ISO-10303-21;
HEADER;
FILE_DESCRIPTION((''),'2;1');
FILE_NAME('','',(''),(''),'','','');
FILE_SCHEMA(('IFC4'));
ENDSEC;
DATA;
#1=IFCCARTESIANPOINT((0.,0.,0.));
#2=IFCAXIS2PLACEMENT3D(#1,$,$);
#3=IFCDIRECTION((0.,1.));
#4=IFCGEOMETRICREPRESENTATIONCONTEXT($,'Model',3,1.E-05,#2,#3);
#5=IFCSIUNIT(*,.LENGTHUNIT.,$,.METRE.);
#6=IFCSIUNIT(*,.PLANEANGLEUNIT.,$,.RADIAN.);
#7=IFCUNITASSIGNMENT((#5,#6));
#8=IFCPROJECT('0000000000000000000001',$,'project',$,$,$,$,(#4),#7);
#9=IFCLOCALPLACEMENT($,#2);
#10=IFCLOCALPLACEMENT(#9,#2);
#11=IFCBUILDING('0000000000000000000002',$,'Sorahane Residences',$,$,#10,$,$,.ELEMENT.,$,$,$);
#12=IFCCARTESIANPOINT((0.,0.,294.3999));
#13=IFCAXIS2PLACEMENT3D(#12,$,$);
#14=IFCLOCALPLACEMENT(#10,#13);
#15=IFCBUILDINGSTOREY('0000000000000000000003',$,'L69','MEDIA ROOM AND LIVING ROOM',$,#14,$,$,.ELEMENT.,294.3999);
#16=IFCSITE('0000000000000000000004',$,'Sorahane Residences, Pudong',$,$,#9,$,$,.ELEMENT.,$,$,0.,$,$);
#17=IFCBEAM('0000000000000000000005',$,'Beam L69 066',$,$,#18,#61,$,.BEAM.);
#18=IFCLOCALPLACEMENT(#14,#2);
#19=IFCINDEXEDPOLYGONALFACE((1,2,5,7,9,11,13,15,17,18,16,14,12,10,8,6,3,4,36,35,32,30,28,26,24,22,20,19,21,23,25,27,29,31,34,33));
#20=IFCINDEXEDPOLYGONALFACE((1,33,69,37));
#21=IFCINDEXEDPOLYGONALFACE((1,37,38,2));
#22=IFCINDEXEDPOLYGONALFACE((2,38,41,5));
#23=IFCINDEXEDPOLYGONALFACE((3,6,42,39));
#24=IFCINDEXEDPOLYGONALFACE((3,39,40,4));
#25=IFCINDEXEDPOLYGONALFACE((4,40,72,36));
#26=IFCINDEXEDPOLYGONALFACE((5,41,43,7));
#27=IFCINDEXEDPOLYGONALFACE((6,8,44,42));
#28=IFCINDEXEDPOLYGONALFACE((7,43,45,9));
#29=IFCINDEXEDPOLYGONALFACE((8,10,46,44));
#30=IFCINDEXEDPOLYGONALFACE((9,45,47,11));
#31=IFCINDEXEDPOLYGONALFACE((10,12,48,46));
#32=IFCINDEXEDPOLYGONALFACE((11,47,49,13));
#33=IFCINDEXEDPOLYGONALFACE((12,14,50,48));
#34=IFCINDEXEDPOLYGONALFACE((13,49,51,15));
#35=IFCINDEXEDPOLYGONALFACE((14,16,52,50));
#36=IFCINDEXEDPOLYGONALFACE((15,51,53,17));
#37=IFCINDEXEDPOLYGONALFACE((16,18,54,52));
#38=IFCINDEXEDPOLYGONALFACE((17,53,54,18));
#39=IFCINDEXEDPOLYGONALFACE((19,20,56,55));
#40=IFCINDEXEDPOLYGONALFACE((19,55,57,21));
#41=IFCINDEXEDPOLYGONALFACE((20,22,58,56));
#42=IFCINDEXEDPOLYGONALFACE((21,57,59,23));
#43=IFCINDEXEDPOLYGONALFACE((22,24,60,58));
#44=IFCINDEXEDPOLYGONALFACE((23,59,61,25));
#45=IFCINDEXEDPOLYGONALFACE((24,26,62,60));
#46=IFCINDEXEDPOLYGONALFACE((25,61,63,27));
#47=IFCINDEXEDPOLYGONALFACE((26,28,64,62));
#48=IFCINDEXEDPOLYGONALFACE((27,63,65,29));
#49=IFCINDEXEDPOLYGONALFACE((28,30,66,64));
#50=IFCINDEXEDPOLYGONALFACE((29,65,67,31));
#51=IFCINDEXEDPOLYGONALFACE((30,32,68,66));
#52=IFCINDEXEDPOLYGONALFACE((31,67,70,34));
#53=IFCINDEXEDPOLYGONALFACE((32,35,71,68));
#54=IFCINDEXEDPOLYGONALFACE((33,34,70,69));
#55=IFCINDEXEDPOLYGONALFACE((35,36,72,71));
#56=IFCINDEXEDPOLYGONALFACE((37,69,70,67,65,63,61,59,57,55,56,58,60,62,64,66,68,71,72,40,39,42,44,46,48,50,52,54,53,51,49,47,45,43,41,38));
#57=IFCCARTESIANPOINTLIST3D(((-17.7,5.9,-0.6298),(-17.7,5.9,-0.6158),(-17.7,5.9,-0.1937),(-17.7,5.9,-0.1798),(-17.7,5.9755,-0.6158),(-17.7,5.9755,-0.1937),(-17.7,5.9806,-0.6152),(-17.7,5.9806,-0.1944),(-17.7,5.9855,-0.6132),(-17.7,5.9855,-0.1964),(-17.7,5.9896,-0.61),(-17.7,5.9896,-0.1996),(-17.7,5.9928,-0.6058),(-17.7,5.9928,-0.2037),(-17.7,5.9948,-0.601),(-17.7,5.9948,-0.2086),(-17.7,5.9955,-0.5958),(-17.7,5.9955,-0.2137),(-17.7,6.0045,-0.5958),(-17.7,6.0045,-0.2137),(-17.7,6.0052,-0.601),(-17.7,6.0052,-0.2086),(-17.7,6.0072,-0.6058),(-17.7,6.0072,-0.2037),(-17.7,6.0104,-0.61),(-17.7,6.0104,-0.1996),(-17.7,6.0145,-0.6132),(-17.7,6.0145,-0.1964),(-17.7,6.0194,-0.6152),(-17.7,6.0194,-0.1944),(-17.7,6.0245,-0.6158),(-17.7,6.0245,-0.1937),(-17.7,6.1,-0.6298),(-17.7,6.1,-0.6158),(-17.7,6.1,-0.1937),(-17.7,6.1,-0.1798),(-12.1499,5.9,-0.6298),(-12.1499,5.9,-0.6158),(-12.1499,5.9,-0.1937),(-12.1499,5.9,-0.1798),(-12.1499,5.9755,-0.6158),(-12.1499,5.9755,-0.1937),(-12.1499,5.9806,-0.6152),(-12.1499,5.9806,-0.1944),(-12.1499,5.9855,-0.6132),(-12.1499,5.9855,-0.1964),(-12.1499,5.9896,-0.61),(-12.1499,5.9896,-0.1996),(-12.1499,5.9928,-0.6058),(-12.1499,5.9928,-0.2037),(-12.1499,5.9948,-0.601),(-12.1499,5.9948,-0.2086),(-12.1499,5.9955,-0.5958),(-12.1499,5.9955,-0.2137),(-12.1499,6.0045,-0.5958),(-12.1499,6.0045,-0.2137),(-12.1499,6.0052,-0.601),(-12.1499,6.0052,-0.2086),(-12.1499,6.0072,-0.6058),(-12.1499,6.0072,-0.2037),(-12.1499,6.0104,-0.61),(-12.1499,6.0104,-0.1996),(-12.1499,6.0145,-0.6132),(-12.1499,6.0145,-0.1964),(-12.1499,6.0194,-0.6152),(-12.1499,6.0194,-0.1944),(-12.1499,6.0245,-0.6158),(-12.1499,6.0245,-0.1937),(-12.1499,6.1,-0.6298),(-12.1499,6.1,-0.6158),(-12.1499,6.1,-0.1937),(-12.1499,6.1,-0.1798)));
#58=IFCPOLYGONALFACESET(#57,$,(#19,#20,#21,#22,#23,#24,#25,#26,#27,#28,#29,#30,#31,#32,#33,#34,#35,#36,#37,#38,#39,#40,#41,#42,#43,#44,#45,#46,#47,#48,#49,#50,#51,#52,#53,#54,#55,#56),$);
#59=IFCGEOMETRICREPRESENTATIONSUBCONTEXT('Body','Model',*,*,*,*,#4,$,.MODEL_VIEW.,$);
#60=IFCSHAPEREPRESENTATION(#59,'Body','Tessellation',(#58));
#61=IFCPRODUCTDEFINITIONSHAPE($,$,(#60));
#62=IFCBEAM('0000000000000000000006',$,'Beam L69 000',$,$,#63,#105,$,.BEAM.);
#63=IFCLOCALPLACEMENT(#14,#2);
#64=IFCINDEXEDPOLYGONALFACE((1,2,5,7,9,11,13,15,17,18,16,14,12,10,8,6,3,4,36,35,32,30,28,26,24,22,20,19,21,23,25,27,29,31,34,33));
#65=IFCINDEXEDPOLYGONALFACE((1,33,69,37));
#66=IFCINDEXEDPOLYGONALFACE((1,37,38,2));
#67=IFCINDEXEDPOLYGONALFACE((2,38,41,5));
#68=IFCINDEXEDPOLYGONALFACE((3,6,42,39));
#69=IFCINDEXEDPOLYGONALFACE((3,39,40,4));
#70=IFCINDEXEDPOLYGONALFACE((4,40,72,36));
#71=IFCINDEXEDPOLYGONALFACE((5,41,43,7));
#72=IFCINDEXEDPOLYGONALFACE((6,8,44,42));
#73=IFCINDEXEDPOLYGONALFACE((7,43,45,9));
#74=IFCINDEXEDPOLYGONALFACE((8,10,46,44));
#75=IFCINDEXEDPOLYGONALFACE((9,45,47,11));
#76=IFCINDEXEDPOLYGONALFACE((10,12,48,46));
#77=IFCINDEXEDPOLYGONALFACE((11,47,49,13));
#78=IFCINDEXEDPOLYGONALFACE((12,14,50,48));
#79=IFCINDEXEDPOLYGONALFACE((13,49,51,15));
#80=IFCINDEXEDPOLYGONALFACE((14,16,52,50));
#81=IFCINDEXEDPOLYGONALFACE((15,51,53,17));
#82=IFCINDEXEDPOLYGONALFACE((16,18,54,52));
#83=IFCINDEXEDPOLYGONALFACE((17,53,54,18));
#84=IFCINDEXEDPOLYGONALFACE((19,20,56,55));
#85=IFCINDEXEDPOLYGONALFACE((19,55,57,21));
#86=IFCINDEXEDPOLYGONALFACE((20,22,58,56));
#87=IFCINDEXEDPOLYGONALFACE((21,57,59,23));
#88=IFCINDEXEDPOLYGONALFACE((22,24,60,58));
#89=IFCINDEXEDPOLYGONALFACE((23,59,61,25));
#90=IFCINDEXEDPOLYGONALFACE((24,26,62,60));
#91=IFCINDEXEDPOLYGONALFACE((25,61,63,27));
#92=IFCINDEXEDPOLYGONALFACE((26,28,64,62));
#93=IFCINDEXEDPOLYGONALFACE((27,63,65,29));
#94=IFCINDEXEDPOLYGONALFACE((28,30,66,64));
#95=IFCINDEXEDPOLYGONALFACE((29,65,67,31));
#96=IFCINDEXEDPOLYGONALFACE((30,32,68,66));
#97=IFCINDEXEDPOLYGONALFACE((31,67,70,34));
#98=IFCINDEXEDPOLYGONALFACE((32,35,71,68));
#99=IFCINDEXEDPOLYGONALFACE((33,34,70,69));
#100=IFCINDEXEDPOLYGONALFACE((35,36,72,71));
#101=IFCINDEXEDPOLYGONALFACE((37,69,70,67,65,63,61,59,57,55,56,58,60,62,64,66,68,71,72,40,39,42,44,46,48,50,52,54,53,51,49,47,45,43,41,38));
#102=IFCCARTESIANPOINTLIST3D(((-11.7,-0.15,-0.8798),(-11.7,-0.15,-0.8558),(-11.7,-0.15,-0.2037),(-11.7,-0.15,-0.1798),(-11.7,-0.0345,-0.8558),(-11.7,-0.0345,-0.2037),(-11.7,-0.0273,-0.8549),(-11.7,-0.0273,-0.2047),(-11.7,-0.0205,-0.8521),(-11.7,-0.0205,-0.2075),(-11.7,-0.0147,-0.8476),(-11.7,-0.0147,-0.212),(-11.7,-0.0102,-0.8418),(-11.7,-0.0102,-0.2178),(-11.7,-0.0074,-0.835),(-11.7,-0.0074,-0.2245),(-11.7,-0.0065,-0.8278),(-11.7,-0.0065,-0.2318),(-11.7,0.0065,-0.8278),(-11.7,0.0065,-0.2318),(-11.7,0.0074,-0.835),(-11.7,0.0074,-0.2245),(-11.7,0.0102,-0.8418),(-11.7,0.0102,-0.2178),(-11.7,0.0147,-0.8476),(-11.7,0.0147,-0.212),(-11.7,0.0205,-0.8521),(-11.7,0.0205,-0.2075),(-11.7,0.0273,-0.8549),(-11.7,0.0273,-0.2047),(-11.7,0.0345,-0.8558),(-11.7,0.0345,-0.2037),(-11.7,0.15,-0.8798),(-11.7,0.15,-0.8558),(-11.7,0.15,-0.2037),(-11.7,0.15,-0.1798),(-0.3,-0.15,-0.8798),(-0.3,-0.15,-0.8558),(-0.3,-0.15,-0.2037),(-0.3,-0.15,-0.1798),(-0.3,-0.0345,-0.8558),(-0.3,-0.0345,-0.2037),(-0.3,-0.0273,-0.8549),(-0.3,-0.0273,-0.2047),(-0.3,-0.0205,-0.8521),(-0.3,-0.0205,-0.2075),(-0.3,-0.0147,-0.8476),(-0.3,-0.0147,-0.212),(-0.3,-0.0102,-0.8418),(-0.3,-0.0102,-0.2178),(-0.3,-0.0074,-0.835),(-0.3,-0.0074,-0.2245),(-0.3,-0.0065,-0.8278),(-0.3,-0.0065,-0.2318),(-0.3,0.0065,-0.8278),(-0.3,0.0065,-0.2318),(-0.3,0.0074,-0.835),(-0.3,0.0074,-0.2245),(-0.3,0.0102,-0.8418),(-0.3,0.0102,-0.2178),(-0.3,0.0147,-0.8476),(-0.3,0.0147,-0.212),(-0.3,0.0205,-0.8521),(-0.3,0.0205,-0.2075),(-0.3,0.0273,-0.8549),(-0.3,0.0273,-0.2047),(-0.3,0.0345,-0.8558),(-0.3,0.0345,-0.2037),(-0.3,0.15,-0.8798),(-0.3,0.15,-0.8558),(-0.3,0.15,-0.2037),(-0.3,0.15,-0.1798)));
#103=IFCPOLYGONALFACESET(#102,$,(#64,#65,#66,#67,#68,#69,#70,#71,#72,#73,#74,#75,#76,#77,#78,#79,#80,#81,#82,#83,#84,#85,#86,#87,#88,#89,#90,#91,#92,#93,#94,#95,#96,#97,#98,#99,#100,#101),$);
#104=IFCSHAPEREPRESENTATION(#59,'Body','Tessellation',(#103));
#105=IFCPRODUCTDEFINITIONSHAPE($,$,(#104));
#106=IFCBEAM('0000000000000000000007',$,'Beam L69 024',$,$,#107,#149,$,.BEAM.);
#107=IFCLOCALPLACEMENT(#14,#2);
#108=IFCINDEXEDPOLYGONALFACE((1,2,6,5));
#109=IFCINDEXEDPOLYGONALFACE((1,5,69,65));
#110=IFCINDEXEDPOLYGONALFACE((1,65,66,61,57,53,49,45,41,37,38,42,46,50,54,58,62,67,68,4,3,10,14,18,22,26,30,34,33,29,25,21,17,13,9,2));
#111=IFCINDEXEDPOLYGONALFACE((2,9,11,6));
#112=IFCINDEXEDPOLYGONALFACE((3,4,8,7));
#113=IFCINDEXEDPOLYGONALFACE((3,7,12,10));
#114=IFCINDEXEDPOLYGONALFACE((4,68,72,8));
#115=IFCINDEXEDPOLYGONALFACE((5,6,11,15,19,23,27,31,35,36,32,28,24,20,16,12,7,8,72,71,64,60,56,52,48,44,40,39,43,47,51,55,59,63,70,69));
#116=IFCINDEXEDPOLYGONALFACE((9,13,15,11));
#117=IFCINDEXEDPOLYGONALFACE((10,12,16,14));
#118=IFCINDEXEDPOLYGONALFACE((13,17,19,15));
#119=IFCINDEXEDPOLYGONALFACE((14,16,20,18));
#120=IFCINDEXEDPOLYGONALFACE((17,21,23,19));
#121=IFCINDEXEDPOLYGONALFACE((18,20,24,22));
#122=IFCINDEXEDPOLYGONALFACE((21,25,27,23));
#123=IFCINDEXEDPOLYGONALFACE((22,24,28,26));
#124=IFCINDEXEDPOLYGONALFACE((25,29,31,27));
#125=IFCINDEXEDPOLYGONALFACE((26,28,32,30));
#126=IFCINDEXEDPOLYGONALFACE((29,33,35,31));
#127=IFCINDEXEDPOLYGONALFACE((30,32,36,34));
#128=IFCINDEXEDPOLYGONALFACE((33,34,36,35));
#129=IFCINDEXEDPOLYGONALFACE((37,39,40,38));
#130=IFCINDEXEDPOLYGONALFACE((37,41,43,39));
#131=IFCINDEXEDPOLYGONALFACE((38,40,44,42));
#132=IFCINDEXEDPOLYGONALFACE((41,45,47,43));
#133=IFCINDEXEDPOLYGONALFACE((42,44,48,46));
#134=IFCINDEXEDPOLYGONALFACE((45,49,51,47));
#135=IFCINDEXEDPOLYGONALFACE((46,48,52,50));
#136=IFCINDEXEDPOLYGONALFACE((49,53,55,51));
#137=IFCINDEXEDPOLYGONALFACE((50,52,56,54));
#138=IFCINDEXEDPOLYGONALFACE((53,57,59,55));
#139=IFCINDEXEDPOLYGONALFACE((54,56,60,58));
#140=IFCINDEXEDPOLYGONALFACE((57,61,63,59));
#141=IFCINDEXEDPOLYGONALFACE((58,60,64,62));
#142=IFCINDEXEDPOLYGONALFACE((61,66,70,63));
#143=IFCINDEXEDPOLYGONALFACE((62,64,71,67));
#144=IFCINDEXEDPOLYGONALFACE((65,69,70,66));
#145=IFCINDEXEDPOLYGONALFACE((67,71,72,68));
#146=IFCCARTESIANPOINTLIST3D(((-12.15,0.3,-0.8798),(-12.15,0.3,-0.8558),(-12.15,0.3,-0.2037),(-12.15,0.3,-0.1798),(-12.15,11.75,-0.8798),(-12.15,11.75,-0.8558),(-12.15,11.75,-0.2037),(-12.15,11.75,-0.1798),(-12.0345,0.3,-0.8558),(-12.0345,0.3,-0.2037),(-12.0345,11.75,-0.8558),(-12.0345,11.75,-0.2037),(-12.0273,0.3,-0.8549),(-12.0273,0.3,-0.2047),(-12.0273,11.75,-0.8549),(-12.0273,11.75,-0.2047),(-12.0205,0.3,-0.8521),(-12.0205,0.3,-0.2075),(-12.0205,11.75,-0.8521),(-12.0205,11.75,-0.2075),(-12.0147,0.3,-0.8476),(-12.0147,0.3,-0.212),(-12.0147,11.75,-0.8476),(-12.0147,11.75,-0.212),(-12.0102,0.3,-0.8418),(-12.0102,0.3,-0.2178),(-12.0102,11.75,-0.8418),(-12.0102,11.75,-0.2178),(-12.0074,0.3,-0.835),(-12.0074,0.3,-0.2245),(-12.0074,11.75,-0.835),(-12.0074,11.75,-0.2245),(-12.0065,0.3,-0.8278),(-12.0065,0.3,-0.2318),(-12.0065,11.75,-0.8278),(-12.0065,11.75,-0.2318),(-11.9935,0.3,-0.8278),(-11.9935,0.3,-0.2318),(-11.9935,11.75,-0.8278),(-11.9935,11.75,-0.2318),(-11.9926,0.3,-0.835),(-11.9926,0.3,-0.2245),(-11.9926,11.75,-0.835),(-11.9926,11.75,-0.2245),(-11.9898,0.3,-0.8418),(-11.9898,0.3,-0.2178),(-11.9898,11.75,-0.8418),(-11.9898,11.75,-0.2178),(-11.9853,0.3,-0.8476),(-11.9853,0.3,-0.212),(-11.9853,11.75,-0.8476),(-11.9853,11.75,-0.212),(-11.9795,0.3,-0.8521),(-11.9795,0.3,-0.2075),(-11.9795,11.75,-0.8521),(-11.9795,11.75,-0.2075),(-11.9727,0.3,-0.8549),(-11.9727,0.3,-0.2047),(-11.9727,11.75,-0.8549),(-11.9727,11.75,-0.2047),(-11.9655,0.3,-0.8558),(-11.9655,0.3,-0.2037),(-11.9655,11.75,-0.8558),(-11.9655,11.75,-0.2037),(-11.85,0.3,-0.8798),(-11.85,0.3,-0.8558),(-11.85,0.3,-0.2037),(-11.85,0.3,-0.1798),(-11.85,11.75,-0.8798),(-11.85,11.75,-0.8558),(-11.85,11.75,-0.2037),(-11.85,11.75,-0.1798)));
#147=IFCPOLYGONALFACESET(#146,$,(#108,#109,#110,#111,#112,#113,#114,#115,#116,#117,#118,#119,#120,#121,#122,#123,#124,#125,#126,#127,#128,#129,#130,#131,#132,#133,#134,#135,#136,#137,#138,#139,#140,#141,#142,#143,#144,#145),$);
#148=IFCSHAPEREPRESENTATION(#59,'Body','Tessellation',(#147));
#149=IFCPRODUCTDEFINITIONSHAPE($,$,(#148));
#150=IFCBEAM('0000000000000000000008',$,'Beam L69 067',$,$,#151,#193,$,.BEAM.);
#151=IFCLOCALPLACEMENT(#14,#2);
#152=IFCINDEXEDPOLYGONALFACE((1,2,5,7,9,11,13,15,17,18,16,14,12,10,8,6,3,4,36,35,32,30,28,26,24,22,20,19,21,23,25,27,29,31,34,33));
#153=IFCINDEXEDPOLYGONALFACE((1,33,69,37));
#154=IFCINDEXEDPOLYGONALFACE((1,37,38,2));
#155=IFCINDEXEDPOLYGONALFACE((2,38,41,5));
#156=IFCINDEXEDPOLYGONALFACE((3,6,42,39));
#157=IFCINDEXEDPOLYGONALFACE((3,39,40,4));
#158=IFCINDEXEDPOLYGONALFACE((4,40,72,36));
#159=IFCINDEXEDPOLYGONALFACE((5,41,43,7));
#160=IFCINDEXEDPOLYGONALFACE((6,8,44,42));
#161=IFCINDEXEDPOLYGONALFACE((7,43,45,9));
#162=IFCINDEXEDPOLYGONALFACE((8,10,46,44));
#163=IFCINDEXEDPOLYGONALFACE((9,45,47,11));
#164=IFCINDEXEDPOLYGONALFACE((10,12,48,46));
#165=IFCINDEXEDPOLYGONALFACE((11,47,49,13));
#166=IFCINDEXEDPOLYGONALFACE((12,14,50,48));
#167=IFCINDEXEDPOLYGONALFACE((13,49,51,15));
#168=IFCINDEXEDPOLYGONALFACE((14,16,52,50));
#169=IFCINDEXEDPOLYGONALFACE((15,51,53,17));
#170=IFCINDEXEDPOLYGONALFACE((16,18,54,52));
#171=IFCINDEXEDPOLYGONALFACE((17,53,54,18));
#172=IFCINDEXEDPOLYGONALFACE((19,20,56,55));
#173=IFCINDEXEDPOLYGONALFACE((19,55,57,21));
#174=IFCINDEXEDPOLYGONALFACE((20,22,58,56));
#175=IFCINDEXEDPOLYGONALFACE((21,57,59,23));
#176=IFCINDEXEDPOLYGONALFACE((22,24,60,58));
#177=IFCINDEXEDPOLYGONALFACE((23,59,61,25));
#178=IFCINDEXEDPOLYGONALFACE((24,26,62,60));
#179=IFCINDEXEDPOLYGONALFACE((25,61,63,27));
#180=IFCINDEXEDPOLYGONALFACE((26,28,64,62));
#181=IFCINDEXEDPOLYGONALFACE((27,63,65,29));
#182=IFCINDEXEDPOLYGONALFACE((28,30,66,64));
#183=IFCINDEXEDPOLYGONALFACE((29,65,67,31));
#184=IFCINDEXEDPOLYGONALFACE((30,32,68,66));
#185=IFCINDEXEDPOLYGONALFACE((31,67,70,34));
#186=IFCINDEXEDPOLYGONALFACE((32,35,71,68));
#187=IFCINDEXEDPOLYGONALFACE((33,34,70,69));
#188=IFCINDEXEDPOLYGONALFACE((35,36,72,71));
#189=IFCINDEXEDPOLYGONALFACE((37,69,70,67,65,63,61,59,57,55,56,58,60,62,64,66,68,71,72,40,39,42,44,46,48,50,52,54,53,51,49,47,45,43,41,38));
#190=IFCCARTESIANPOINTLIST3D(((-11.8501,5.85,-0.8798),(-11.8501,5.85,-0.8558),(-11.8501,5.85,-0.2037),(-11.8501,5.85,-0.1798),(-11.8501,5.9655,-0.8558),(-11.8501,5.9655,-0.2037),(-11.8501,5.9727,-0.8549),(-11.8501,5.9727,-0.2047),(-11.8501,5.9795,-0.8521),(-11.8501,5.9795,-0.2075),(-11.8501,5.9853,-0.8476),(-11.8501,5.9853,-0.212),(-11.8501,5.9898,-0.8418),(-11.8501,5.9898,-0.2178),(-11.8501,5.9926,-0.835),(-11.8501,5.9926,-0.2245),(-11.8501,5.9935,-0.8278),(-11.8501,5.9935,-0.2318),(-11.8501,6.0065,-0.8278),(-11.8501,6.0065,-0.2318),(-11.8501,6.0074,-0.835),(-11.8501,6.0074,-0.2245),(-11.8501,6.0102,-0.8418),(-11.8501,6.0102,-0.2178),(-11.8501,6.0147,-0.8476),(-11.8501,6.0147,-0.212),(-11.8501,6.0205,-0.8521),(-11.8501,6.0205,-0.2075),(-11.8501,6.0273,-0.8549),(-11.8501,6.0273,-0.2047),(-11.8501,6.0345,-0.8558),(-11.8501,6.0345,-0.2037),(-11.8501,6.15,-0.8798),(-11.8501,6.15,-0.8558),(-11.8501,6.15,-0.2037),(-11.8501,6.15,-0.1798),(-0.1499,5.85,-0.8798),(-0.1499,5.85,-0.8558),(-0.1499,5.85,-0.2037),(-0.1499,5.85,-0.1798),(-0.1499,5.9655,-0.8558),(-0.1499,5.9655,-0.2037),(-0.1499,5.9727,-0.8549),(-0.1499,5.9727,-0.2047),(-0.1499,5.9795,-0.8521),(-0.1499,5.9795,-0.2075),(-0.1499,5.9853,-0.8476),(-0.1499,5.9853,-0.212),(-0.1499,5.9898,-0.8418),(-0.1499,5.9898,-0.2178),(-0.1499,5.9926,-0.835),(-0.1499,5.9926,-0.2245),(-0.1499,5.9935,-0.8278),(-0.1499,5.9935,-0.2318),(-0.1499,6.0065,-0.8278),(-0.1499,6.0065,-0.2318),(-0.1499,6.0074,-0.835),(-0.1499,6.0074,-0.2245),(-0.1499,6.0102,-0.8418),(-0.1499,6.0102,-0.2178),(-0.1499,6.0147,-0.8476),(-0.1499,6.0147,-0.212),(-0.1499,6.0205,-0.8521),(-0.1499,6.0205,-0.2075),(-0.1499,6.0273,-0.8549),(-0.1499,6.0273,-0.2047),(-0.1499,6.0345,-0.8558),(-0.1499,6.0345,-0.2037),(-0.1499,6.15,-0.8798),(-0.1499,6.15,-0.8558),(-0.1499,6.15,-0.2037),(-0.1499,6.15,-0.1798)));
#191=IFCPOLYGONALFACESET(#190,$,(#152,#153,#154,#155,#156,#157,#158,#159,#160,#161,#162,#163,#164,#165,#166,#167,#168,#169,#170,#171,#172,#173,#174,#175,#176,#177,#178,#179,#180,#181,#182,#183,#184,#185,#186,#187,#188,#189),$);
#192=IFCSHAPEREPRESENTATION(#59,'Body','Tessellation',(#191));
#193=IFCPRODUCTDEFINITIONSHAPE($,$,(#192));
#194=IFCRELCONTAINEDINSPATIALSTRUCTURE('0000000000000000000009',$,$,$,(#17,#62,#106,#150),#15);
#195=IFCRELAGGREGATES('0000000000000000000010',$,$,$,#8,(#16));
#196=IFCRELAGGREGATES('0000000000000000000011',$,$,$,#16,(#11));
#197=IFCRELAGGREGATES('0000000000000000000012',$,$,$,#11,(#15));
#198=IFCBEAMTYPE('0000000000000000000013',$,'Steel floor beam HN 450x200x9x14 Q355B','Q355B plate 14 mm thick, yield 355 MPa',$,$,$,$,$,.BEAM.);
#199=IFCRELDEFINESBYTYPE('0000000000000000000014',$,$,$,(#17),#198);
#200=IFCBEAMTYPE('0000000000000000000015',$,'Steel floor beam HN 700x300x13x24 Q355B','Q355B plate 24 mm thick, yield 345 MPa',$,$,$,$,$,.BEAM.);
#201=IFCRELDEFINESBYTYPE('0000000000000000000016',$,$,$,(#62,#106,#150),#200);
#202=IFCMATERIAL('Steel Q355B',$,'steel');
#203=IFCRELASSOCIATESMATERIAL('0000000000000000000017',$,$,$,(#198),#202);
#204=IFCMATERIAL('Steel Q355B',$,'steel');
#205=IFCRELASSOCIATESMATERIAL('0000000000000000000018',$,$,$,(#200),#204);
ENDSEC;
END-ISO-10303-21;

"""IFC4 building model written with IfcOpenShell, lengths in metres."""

from ifc_helpers import new_model, si_unit, direction, frame, origin, origin_2d, place, context, subcontext, project, spatial, i_section, extrude, material, material_profile, profile_set, type_object, element, save


model = new_model("IFC4")

# Units and contexts
model_context = context("Model", 3, precision=1e-05, world=origin(), true_north=direction((0.0, 1.0)))
body_context = subcontext(model_context, "Body", "Model", "MODEL_VIEW")
ifc_project = project(units=[si_unit("LENGTHUNIT", "METRE"), si_unit("PLANEANGLEUNIT", "RADIAN")], contexts=[model_context])

# Site, building, storey
site_placement = place(None, origin())
site = spatial("IfcSite", under=ifc_project, at=site_placement, Name="Sorahane Residences, Pudong", CompositionType="ELEMENT", RefElevation=0.0)
building_placement = place(site_placement, origin())
building = spatial("IfcBuilding", under=site, at=building_placement, Name="Sorahane Residences", CompositionType="ELEMENT")
storey_placement = place(building_placement, frame((0.0, 0.0, 294.3999)))
storey = spatial("IfcBuildingStorey", under=building, at=storey_placement, Name="L69", Description="MEDIA ROOM AND LIVING ROOM", CompositionType="ELEMENT", Elevation=294.3999)

# Beams
ifc_material_1 = material(Name="Steel Q355B", Category="steel")
ifc_material_profile_1 = material_profile(ifc_material_1, i_section(OverallWidth=0.2, OverallDepth=0.45, WebThickness=0.009, FlangeThickness=0.0139, FilletRadius=0.02, at=origin_2d()), Name="HN 450x200x9x14")
ifc_profile_set_1 = profile_set([ifc_material_profile_1], Name="Steel Q355B")
beam_type_1 = type_object("IfcBeamType", Name="Steel floor beam HN 450x200x9x14 Q355B", Description="Q355B plate 14 mm thick, yield 355 MPa", PredefinedType="BEAM", material=ifc_profile_set_1)
beam_1_placement = place(storey_placement, frame((-17.7, 6.0, -0.4048), z_axis=(1.0, 0.0, 0.0), x_axis=(0.0, 1.0, 0.0)))
element("IfcBeam", 1, at=beam_1_placement, inside=storey, type_object=beam_type_1, Name="Beam L69 066", PredefinedType="BEAM", context=body_context, shape_type="SweptSolid", body=[
    extrude(i_section(OverallWidth=0.2, OverallDepth=0.45, WebThickness=0.009, FlangeThickness=0.0139, FilletRadius=0.02, at=origin_2d()), origin(), (0.0, 0.0, 1.0), 5.55),
])
ifc_material_2 = material(Name="Steel Q355B", Category="steel")
ifc_material_profile_2 = material_profile(ifc_material_2, i_section(OverallWidth=0.3, OverallDepth=0.7, WebThickness=0.0129, FlangeThickness=0.0239, FilletRadius=0.0281, at=origin_2d()), Name="HN 700x300x13x24")
ifc_profile_set_2 = profile_set([ifc_material_profile_2], Name="Steel Q355B")
beam_type_2 = type_object("IfcBeamType", Name="Steel floor beam HN 700x300x13x24 Q355B", Description="Q355B plate 24 mm thick, yield 345 MPa", PredefinedType="BEAM", material=ifc_profile_set_2)
beam_2_placement = place(storey_placement, frame((-11.7, 0.0, -0.5298), z_axis=(1.0, 0.0, 0.0), x_axis=(0.0, 1.0, 0.0)))
element("IfcBeam", 2, at=beam_2_placement, inside=storey, type_object=beam_type_2, Name="Beam L69 000", PredefinedType="BEAM", context=body_context, shape_type="SweptSolid", body=[
    extrude(i_section(OverallWidth=0.3, OverallDepth=0.7, WebThickness=0.0129, FlangeThickness=0.0239, FilletRadius=0.0281, at=origin_2d()), origin(), (0.0, 0.0, 1.0), 11.3999),
])
beam_3_placement = place(storey_placement, frame((-12.0, 0.3, -0.5298), z_axis=(0.0, 1.0, 0.0), x_axis=(-1.0, 0.0, 0.0)))
element("IfcBeam", 3, at=beam_3_placement, inside=storey, type_object=beam_type_2, Name="Beam L69 024", PredefinedType="BEAM", context=body_context, shape_type="SweptSolid", body=[
    extrude(i_section(OverallWidth=0.3, OverallDepth=0.7, WebThickness=0.0129, FlangeThickness=0.0239, FilletRadius=0.0281, at=origin_2d()), origin(), (0.0, 0.0, 1.0), 11.45),
])
beam_4_placement = place(storey_placement, frame((-11.8501, 6.0, -0.5298), z_axis=(1.0, 0.0, 0.0), x_axis=(0.0, 1.0, 0.0)))
element("IfcBeam", 4, at=beam_4_placement, inside=storey, type_object=beam_type_2, Name="Beam L69 067", PredefinedType="BEAM", context=body_context, shape_type="SweptSolid", body=[
    extrude(i_section(OverallWidth=0.3, OverallDepth=0.7, WebThickness=0.0129, FlangeThickness=0.0239, FilletRadius=0.0281, at=origin_2d()), origin(), (0.0, 0.0, 1.0), 11.7002),
])

save(model, "model.ifc")
